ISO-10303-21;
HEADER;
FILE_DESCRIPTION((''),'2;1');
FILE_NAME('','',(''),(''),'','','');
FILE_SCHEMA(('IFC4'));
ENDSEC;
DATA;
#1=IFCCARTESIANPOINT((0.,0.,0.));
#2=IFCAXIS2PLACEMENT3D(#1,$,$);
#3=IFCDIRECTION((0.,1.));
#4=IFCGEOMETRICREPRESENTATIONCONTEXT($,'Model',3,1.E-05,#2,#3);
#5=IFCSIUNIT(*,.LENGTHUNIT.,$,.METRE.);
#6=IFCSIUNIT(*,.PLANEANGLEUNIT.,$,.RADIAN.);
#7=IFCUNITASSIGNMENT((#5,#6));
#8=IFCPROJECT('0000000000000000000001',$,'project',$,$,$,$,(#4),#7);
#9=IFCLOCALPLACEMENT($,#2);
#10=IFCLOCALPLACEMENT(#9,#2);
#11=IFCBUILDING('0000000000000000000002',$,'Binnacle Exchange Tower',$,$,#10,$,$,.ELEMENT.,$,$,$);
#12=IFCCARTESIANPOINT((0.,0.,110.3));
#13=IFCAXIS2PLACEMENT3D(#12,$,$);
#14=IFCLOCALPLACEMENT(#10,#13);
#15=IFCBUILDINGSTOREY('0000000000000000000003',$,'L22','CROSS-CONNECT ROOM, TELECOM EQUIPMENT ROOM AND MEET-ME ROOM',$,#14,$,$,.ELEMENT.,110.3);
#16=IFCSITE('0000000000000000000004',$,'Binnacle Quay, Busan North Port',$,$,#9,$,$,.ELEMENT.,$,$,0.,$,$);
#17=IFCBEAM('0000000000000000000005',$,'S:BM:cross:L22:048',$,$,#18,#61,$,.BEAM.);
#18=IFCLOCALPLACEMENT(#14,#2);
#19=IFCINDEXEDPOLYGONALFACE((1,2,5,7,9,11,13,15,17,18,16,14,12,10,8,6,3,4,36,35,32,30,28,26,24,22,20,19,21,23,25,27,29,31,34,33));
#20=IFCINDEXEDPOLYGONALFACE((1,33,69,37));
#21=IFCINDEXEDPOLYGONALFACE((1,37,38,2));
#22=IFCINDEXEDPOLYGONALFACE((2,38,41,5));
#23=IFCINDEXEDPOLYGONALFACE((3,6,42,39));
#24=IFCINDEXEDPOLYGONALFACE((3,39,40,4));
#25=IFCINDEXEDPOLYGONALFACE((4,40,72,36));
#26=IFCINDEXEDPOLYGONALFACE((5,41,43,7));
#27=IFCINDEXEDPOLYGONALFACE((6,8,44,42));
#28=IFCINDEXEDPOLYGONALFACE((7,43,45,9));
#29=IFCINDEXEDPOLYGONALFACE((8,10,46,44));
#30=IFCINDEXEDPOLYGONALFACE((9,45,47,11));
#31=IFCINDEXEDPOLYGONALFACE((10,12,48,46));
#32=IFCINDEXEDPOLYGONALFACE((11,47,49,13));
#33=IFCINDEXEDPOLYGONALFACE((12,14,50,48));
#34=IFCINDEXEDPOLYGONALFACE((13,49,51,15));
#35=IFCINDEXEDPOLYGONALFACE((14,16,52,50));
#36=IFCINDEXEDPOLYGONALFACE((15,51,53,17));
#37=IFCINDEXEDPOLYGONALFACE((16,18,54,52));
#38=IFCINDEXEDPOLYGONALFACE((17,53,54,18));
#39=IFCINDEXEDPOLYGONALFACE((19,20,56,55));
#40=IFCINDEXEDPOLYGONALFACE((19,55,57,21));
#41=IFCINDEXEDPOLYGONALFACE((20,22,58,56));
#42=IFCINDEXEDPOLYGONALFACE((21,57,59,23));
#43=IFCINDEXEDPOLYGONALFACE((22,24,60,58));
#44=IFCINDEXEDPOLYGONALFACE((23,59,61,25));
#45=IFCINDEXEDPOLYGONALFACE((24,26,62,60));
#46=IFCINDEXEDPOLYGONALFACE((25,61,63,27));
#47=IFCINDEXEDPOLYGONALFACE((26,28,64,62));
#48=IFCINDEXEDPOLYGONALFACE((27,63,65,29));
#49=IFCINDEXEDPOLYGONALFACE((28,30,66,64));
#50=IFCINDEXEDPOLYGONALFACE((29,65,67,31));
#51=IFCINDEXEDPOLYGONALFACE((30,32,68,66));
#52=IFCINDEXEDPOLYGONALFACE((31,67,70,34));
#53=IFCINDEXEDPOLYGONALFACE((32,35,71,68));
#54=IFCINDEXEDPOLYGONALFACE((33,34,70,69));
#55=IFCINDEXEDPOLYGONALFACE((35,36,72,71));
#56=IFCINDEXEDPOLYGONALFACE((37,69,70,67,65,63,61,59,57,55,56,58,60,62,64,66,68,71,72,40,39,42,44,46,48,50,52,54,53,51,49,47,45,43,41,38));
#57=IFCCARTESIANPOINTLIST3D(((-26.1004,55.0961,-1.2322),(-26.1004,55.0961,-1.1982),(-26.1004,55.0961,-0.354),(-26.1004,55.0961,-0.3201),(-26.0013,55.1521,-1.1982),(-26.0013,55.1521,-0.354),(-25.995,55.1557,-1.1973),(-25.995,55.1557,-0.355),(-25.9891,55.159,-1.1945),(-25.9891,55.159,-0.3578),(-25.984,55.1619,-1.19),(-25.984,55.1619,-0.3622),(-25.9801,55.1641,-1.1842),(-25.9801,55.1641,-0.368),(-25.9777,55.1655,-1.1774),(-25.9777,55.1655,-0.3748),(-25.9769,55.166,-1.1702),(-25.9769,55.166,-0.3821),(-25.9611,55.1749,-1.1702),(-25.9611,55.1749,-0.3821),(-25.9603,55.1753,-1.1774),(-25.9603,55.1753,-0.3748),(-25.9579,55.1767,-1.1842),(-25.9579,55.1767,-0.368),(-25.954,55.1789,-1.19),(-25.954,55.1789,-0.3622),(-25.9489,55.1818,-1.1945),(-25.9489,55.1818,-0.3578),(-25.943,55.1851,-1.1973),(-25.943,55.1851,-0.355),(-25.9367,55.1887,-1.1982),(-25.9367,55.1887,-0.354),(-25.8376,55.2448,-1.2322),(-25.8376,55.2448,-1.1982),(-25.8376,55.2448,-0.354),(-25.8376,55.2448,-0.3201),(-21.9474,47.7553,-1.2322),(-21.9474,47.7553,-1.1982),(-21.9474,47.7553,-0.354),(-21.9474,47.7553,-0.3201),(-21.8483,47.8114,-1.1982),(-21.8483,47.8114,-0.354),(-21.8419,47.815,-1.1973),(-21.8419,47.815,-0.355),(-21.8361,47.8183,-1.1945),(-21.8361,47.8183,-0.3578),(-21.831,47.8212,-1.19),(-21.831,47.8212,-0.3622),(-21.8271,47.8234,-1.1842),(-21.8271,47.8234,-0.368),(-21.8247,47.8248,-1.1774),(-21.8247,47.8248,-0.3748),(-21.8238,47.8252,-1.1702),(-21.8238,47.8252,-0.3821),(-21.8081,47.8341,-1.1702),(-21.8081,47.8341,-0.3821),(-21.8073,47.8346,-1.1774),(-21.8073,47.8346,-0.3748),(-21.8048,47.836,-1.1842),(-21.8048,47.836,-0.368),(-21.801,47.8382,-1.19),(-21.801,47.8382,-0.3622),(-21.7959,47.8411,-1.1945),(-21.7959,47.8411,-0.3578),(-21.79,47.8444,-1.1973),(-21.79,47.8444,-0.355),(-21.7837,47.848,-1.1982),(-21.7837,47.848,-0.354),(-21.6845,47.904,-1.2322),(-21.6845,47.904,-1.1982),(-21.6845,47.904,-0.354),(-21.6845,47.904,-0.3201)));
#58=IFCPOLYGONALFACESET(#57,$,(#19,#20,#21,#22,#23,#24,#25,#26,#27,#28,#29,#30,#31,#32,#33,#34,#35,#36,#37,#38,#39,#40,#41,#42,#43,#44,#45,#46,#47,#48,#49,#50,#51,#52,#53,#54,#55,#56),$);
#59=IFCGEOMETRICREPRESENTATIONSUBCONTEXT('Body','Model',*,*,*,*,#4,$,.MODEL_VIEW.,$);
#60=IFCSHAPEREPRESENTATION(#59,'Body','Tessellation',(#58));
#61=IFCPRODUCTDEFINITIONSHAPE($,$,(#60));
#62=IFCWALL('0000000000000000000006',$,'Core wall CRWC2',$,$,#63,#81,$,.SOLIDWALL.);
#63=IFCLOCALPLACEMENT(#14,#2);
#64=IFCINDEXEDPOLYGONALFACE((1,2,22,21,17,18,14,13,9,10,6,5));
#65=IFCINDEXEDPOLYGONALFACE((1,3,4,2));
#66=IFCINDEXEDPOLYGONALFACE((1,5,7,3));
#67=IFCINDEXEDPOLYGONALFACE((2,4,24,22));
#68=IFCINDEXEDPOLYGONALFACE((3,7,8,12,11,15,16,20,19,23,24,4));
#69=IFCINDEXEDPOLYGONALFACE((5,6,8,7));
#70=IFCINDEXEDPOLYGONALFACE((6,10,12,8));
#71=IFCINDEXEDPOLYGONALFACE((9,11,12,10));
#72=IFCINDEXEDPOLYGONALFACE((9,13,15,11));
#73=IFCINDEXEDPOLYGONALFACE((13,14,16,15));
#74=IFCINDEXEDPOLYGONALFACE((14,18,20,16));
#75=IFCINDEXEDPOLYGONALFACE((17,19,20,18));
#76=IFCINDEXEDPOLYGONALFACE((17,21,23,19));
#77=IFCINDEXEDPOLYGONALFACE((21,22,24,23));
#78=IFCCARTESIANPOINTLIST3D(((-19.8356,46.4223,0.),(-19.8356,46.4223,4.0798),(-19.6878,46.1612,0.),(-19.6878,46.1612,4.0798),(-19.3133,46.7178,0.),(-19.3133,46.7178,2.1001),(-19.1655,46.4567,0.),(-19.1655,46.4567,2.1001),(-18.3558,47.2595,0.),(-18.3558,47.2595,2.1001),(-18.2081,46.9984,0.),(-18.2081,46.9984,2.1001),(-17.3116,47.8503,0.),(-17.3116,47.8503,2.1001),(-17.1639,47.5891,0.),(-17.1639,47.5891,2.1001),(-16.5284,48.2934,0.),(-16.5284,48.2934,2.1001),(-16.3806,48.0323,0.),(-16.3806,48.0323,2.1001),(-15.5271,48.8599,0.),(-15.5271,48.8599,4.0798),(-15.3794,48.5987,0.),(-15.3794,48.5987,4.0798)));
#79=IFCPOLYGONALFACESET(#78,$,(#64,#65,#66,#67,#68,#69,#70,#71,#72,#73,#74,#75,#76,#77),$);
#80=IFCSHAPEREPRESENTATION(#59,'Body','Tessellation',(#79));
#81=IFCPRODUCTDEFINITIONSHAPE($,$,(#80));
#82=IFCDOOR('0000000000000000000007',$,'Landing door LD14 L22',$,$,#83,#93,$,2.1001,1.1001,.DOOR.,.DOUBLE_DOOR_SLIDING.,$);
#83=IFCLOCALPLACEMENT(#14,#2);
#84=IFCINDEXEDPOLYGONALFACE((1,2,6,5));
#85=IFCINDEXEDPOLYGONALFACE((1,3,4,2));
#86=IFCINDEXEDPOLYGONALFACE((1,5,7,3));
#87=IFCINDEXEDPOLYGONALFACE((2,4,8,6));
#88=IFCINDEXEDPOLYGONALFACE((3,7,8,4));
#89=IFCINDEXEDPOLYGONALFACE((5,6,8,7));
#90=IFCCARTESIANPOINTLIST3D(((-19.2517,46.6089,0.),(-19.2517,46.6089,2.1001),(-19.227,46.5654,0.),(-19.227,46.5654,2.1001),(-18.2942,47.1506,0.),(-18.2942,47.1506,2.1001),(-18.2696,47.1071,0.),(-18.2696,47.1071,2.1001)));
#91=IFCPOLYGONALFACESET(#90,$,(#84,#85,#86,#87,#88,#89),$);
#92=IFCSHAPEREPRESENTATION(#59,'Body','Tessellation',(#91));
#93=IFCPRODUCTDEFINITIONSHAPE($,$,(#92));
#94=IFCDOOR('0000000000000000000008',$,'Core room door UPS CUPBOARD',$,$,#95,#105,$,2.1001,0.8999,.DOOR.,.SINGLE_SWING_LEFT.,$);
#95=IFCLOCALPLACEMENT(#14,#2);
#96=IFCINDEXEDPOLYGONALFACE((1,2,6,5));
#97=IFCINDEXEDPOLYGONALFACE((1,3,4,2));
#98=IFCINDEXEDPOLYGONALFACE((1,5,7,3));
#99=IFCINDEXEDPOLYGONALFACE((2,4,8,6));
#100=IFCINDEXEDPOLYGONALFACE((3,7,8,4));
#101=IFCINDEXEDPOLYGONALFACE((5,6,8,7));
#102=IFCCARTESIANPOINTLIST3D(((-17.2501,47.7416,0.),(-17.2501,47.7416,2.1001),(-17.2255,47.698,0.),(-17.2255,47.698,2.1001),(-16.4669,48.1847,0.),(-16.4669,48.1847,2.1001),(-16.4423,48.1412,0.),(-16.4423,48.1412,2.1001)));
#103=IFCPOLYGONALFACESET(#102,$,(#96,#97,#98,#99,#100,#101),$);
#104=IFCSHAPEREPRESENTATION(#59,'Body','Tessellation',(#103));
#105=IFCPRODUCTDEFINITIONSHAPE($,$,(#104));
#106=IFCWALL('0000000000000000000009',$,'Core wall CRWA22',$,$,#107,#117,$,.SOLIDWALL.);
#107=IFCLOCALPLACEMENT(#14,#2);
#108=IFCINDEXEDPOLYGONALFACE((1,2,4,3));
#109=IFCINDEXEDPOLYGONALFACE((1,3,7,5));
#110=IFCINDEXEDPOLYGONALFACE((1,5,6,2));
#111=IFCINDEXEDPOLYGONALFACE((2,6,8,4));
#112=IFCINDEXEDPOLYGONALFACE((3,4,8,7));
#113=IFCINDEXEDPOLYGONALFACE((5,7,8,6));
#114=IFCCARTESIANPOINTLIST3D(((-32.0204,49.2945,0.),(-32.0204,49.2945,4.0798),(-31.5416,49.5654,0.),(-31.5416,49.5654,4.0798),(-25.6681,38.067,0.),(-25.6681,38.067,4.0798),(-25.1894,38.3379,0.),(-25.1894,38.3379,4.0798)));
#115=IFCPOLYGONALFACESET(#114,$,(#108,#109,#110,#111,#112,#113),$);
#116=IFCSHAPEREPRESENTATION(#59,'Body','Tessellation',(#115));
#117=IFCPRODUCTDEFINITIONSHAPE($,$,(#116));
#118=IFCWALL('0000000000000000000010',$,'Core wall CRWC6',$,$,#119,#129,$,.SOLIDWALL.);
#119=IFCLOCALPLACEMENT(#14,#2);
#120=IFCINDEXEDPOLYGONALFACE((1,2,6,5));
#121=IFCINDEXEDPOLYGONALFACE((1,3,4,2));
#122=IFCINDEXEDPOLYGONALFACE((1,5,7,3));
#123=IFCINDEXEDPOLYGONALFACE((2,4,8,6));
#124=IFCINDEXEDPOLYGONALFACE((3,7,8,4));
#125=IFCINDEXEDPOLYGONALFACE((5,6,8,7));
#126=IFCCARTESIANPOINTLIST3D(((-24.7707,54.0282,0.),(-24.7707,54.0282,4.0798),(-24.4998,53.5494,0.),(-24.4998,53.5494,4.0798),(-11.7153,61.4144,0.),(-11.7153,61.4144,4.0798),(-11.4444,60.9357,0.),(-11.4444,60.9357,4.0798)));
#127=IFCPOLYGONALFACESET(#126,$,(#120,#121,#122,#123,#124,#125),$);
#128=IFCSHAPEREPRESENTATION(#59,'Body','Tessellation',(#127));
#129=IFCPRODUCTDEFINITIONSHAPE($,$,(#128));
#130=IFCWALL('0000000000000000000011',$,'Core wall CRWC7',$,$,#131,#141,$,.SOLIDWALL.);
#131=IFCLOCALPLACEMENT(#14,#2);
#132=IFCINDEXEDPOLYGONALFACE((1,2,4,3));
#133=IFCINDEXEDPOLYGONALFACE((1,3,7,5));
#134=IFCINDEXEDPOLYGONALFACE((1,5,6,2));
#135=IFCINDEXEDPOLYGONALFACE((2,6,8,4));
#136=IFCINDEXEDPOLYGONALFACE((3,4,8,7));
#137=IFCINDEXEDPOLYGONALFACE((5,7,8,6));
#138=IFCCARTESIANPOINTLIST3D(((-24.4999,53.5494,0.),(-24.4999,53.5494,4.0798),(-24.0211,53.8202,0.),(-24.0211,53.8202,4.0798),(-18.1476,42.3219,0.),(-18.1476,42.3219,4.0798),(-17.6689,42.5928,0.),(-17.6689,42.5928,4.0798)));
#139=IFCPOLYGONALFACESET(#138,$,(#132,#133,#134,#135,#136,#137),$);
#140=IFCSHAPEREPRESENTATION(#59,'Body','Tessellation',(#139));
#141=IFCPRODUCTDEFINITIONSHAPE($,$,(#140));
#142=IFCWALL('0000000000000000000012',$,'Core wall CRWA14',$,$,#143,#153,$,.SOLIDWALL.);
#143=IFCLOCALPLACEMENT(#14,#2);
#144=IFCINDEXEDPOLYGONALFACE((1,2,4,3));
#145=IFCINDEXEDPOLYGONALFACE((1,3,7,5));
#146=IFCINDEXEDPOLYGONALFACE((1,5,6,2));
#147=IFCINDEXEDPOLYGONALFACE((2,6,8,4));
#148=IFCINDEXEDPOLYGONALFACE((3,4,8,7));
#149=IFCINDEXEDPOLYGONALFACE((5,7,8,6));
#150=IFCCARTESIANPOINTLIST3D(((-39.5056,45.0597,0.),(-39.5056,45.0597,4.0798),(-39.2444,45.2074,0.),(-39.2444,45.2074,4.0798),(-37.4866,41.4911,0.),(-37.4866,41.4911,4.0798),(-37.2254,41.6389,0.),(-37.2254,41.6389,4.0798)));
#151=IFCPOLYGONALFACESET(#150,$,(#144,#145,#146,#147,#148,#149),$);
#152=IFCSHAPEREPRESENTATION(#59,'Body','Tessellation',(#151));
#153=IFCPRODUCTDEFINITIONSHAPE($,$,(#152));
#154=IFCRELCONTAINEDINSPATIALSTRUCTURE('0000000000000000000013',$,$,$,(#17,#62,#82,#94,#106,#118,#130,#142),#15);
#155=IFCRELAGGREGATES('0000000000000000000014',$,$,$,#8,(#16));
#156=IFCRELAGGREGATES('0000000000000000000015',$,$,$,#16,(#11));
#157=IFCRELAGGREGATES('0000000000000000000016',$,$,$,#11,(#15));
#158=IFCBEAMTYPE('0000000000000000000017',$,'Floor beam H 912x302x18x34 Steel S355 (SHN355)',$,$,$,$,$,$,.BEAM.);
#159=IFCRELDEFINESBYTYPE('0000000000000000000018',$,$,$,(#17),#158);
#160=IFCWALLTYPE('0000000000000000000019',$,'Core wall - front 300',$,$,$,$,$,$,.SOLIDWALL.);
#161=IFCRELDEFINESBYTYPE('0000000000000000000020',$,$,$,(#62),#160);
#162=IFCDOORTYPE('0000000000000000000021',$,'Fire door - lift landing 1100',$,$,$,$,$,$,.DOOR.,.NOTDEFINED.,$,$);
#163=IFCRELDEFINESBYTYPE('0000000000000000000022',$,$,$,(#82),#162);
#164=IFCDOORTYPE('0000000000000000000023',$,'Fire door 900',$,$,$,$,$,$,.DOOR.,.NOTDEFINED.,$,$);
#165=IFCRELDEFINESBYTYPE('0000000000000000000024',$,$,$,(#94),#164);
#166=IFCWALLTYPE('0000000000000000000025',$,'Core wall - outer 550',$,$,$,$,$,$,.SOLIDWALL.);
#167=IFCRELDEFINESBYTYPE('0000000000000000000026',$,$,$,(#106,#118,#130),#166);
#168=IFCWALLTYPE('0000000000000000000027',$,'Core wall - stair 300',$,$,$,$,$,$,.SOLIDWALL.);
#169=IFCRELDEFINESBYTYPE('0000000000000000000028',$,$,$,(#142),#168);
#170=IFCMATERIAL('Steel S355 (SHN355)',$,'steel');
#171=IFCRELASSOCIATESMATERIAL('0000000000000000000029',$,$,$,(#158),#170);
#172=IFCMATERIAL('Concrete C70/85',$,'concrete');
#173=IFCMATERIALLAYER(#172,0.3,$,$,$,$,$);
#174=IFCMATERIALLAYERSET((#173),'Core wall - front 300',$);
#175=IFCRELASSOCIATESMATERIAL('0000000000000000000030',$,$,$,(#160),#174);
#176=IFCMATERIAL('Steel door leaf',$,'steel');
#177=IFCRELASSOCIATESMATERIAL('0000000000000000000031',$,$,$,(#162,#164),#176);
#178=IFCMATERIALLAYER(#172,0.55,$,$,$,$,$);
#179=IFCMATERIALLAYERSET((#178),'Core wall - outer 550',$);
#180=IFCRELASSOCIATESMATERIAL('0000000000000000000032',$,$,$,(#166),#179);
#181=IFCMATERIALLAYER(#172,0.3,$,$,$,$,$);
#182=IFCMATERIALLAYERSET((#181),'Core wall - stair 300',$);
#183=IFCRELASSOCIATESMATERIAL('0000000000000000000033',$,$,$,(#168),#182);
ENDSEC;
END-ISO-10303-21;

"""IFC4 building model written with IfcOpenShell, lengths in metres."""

from ifc_helpers import new_model, si_unit, direction, frame, frame_2d, origin, origin_2d, place, context, subcontext, project, spatial, rectangle, i_section, extrude, material, layer, layer_set, material_profile, profile_set, type_object, element, fill, save


model = new_model("IFC4")

# Units and contexts
model_context = context("Model", 3, precision=1e-05, world=origin(), true_north=direction((0.0, 1.0)))
body_context = subcontext(model_context, "Body", "Model", "MODEL_VIEW")
ifc_project = project(units=[si_unit("LENGTHUNIT", "METRE"), si_unit("PLANEANGLEUNIT", "RADIAN")], contexts=[model_context])

# Site, building, storey
site_placement = place(None, origin())
site = spatial("IfcSite", under=ifc_project, at=site_placement, Name="Binnacle Quay, Busan North Port", CompositionType="ELEMENT", RefElevation=0.0)
building_placement = place(site_placement, origin())
building = spatial("IfcBuilding", under=site, at=building_placement, Name="Binnacle Exchange Tower", CompositionType="ELEMENT")
storey_placement = place(building_placement, frame((0.0, 0.0, 110.3)))
storey = spatial("IfcBuildingStorey", under=building, at=storey_placement, Name="L22", Description="CROSS-CONNECT ROOM, TELECOM EQUIPMENT ROOM AND MEET-ME ROOM", CompositionType="ELEMENT", Elevation=110.3)

# Shared definitions
ifc_material_1 = material(Name="Concrete C70/85", Category="concrete")

# Beam
ifc_material_2 = material(Name="Steel S355 (SHN355)", Category="steel")
ifc_material_profile_1 = material_profile(ifc_material_2, i_section(OverallWidth=0.302, OverallDepth=0.9121, WebThickness=0.0181, FlangeThickness=0.0339, FilletRadius=0.0281, at=origin_2d()), Name="H 912x302x18x34")
ifc_profile_set_1 = profile_set([ifc_material_profile_1], Name="Steel S355 (SHN355)")
beam_type_1 = type_object("IfcBeamType", Name="Floor beam H 912x302x18x34 Steel S355 (SHN355)", PredefinedType="BEAM", material=ifc_profile_set_1)
beam_1_placement = place(storey_placement, frame((-25.969, 55.1704, -0.7761), z_axis=(0.492409, -0.870364, 0.0), x_axis=(0.870364, 0.492409, 0.0)))
element("IfcBeam", 1, at=beam_1_placement, inside=storey, type_object=beam_type_1, Name="S:BM:cross:L22:048", PredefinedType="BEAM", context=body_context, shape_type="SweptSolid", body=[
    extrude(i_section(OverallWidth=0.302, OverallDepth=0.9121, WebThickness=0.0181, FlangeThickness=0.0339, FilletRadius=0.0281, at=origin_2d()), origin(), (0.0, 0.0, 1.0), 8.4341),
])

# Wall, openings, doors
ifc_layer_1 = layer(ifc_material_1, 0.3)
ifc_layer_set_1 = layer_set([ifc_layer_1], Name="Core wall - front 300")
wall_type_1 = type_object("IfcWallType", Name="Core wall - front 300", PredefinedType="SOLIDWALL", material=ifc_layer_set_1)
wall_1_placement = place(storey_placement, frame((-19.7617, 46.2917, 0.0), z_axis=(0.0, 0.0, 1.0), x_axis=(0.87036, 0.492416, 0.0)))
wall_1 = element("IfcWall", 2, at=wall_1_placement, inside=storey, type_object=wall_type_1, Name="Core wall CRWC2", PredefinedType="SOLIDWALL", context=body_context, shape_type="SweptSolid", body=[
    extrude(rectangle(XDim=4.9502, YDim=0.3, at=frame_2d((2.4751, 0.0))), origin(), (0.0, 0.0, 1.0), 4.0798),
])
opening_1_placement = place(wall_1_placement, frame((0.6001, 0.0, 0.0)))
opening_1 = element("IfcOpeningElement", 3, at=opening_1_placement, cuts=wall_1, PredefinedType="OPENING", context=body_context, shape_type="SweptSolid", body=[
    extrude(rectangle(XDim=1.1001, YDim=2.1001, at=frame_2d((0.55, 1.05))), frame((0.0, 0.1599, 0.0), z_axis=(0.0, -1.0, 0.0), x_axis=(1.0, 0.0, 0.0)), (0.0, 0.0, 1.0), 0.3201),
])
opening_2_placement = place(wall_1_placement, frame((2.8999, 0.0, 0.0)))
opening_2 = element("IfcOpeningElement", 4, at=opening_2_placement, cuts=wall_1, PredefinedType="OPENING", context=body_context, shape_type="SweptSolid", body=[
    extrude(rectangle(XDim=0.8999, YDim=2.1001, at=frame_2d((0.45, 1.05))), frame((0.0, 0.1599, 0.0), z_axis=(0.0, -1.0, 0.0), x_axis=(1.0, 0.0, 0.0)), (0.0, 0.0, 1.0), 0.3201),
])
ifc_material_3 = material(Name="Steel door leaf", Category="steel")
door_type_1 = type_object("IfcDoorType", Name="Fire door - lift landing 1100", OperationType="NOTDEFINED", PredefinedType="DOOR", material=ifc_material_3)
door_1_placement = place(opening_1_placement, origin())
door_1 = element("IfcDoor", 5, at=door_1_placement, inside=storey, type_object=door_type_1, Name="Landing door LD14 L22", OperationType="DOUBLE_DOOR_SLIDING", OverallHeight=2.1001, OverallWidth=1.1001, PredefinedType="DOOR", context=body_context, shape_type="SweptSolid", body=[
    extrude(rectangle(XDim=1.1001, YDim=2.1001, at=frame_2d((0.55, 1.05))), frame((0.0, 0.0249, 0.0), z_axis=(0.0, -1.0, 0.0), x_axis=(1.0, 0.0, 0.0)), (0.0, 0.0, 1.0), 0.05),
])
fill(opening_1, door_1)
door_type_2 = type_object("IfcDoorType", Name="Fire door 900", OperationType="NOTDEFINED", PredefinedType="DOOR", material=ifc_material_3)
door_2_placement = place(opening_2_placement, frame((0.8999, 0.0, 0.0), z_axis=(0.0, 0.0, 1.0), x_axis=(-1.0, 0.0, 0.0)))
door_2 = element("IfcDoor", 6, at=door_2_placement, inside=storey, type_object=door_type_2, Name="Core room door UPS CUPBOARD", OperationType="SINGLE_SWING_LEFT", OverallHeight=2.1001, OverallWidth=0.8999, PredefinedType="DOOR", context=body_context, shape_type="SweptSolid", body=[
    extrude(rectangle(XDim=0.8999, YDim=2.1001, at=frame_2d((0.45, 1.05))), frame((0.0, 0.0249, 0.0), z_axis=(0.0, -1.0, 0.0), x_axis=(1.0, 0.0, 0.0)), (0.0, 0.0, 1.0), 0.05),
])
fill(opening_2, door_2)

# Walls
ifc_layer_2 = layer(ifc_material_1, 0.55)
ifc_layer_set_2 = layer_set([ifc_layer_2], Name="Core wall - outer 550")
wall_type_2 = type_object("IfcWallType", Name="Core wall - outer 550", PredefinedType="SOLIDWALL", material=ifc_layer_set_2)
wall_2_placement = place(storey_placement, frame((-31.781, 49.4299, 0.0), z_axis=(0.0, 0.0, 1.0), x_axis=(0.492427, -0.870354, 0.0)))
element("IfcWall", 7, at=wall_2_placement, inside=storey, type_object=wall_type_2, Name="Core wall CRWA22", PredefinedType="SOLIDWALL", context=body_context, shape_type="SweptSolid", body=[
    extrude(rectangle(XDim=12.8999, YDim=0.55, at=frame_2d((6.45, 0.0))), origin(), (0.0, 0.0, 1.0), 4.0798),
])
wall_3_placement = place(storey_placement, frame((-24.6353, 53.7888, 0.0), z_axis=(0.0, 0.0, 1.0), x_axis=(0.870361, 0.492415, 0.0)))
element("IfcWall", 8, at=wall_3_placement, inside=storey, type_object=wall_type_2, Name="Core wall CRWC6", PredefinedType="SOLIDWALL", context=body_context, shape_type="SweptSolid", body=[
    extrude(rectangle(XDim=15.0, YDim=0.55, at=frame_2d((7.5, 0.0))), origin(), (0.0, 0.0, 1.0), 4.0798),
])
wall_4_placement = place(storey_placement, frame((-24.2605, 53.6848, 0.0), z_axis=(0.0, 0.0, 1.0), x_axis=(0.492427, -0.870354, 0.0)))
element("IfcWall", 9, at=wall_4_placement, inside=storey, type_object=wall_type_2, Name="Core wall CRWC7", PredefinedType="SOLIDWALL", context=body_context, shape_type="SweptSolid", body=[
    extrude(rectangle(XDim=12.8999, YDim=0.55, at=frame_2d((6.45, 0.0))), origin(), (0.0, 0.0, 1.0), 4.0798),
])
ifc_layer_3 = layer(ifc_material_1, 0.3)
ifc_layer_set_3 = layer_set([ifc_layer_3], Name="Core wall - stair 300")
wall_type_3 = type_object("IfcWallType", Name="Core wall - stair 300", PredefinedType="SOLIDWALL", material=ifc_layer_set_3)
wall_5_placement = place(storey_placement, frame((-39.375, 45.1335, 0.0), z_axis=(0.0, 0.0, 1.0), x_axis=(0.492428, -0.870353, 0.0)))
element("IfcWall", 10, at=wall_5_placement, inside=storey, type_object=wall_type_3, Name="Core wall CRWA14", PredefinedType="SOLIDWALL", context=body_context, shape_type="SweptSolid", body=[
    extrude(rectangle(XDim=4.1001, YDim=0.3, at=frame_2d((2.05, 0.0))), origin(), (0.0, 0.0, 1.0), 4.0798),
])

save(model, "model.ifc")
